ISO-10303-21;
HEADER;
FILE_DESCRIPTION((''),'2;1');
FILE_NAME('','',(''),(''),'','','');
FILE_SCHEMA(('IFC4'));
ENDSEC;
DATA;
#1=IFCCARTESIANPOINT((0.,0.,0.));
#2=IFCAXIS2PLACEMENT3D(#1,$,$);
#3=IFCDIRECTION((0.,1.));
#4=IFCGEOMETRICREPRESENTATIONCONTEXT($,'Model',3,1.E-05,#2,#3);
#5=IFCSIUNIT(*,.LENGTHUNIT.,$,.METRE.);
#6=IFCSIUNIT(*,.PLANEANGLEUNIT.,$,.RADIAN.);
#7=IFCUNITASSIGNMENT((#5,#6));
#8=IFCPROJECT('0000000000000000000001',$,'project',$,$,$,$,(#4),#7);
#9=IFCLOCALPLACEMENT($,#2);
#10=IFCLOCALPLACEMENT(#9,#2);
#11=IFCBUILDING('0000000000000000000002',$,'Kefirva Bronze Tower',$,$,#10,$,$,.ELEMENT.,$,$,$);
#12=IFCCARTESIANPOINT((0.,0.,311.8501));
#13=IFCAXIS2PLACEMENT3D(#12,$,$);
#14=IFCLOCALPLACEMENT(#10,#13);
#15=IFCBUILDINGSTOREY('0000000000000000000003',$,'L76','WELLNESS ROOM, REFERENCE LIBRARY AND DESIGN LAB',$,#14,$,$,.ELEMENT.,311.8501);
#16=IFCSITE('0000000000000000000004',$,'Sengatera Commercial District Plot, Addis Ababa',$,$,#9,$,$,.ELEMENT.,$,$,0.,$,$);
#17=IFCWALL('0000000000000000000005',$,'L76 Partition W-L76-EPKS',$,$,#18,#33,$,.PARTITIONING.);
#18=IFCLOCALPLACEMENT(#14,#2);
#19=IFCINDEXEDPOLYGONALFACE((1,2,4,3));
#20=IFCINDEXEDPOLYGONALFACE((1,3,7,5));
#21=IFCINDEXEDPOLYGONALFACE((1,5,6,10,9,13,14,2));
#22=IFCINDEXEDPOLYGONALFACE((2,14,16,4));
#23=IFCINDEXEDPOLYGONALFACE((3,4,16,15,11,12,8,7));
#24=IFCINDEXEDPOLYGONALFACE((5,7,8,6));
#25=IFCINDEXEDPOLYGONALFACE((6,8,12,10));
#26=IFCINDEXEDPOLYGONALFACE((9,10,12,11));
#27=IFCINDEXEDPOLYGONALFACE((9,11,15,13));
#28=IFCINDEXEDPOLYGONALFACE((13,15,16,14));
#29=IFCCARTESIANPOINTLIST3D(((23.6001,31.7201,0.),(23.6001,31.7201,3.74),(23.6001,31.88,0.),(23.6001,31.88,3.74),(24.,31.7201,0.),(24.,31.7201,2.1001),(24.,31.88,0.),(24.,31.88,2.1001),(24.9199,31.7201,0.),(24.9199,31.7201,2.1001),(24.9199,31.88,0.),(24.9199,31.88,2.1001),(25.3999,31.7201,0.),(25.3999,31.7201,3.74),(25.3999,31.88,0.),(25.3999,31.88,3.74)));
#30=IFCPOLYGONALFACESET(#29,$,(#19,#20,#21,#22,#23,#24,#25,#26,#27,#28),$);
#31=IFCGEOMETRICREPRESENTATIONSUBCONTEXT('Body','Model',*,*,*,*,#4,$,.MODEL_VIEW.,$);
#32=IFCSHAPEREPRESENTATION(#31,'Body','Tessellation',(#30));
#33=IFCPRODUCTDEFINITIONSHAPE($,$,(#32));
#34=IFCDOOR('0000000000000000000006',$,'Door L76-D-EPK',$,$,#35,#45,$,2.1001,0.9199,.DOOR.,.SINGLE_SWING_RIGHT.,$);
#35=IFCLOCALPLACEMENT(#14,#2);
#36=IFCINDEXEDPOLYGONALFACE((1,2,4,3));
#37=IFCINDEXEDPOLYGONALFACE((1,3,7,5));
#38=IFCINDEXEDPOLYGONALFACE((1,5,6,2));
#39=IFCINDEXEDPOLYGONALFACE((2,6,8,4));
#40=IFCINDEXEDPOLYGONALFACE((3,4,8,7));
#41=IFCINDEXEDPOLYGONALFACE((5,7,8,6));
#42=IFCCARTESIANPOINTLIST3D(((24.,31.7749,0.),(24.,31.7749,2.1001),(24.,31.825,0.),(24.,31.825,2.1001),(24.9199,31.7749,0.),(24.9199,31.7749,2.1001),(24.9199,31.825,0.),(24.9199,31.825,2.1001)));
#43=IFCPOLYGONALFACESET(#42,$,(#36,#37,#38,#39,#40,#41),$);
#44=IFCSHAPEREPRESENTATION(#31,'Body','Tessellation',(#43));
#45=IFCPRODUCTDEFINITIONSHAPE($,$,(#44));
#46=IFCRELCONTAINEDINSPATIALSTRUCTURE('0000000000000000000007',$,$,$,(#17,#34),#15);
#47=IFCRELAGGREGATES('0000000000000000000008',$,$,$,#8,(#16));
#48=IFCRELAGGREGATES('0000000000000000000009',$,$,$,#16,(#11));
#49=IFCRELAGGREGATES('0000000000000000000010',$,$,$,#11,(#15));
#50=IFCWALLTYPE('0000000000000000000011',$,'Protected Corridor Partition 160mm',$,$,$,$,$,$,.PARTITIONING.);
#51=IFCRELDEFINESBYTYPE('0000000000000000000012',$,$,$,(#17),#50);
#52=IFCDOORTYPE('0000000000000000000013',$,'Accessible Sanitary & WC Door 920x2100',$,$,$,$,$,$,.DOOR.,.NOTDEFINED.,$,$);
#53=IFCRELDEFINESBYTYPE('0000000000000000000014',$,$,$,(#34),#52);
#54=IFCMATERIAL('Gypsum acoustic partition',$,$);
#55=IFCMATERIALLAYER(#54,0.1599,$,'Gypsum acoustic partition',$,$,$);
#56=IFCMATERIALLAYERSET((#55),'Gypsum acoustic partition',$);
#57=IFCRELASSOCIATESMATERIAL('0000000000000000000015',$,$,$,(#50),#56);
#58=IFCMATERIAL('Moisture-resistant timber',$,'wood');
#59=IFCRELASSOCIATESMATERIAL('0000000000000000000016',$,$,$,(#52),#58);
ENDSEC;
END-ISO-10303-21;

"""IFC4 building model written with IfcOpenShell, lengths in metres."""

from ifc_helpers import new_model, si_unit, direction, frame, frame_2d, origin, place, context, subcontext, project, spatial, rectangle, extrude, material, layer, layer_set, type_object, element, fill, save


model = new_model("IFC4")

# Units and contexts
model_context = context("Model", 3, precision=1e-05, world=origin(), true_north=direction((0.0, 1.0)))
body_context = subcontext(model_context, "Body", "Model", "MODEL_VIEW")
ifc_project = project(units=[si_unit("LENGTHUNIT", "METRE"), si_unit("PLANEANGLEUNIT", "RADIAN")], contexts=[model_context])

# Site, building, storey
site_placement = place(None, origin())
site = spatial("IfcSite", under=ifc_project, at=site_placement, Name="Sengatera Commercial District Plot, Addis Ababa", CompositionType="ELEMENT", RefElevation=0.0)
building_placement = place(site_placement, origin())
building = spatial("IfcBuilding", under=site, at=building_placement, Name="Kefirva Bronze Tower", CompositionType="ELEMENT")
storey_placement = place(building_placement, frame((0.0, 0.0, 311.8501)))
storey = spatial("IfcBuildingStorey", under=building, at=storey_placement, Name="L76", Description="WELLNESS ROOM, REFERENCE LIBRARY AND DESIGN LAB", CompositionType="ELEMENT", Elevation=311.8501)

# Shared definitions
ifc_material_1 = material(Name="Gypsum acoustic partition")
ifc_layer = layer(ifc_material_1, 0.1599, Name="Gypsum acoustic partition")
ifc_layer_set = layer_set([ifc_layer], Name="Gypsum acoustic partition")
wall_type = type_object("IfcWallType", Name="Protected Corridor Partition 160mm", PredefinedType="PARTITIONING", material=ifc_layer_set)

# Wall, opening, door
wall_1_placement = place(storey_placement, frame((23.6001, 31.8, 0.0), z_axis=(0.0, 0.0, 1.0), x_axis=(1.0, 0.0, 0.0)))
wall_1 = element("IfcWall", 1, at=wall_1_placement, inside=storey, type_object=wall_type, Name="L76 Partition W-L76-EPKS", PredefinedType="PARTITIONING", context=body_context, shape_type="SweptSolid", body=[
    extrude(rectangle(XDim=1.7998, YDim=0.1599, at=frame_2d((0.8999, 0.0))), origin(), (0.0, 0.0, 1.0), 3.74),
])
opening_placement = place(wall_1_placement, frame((0.3999, 0.0, 0.0)))
opening = element("IfcOpeningElement", 2, at=opening_placement, cuts=wall_1, PredefinedType="OPENING", context=body_context, shape_type="SweptSolid", body=[
    extrude(rectangle(XDim=0.9199, YDim=2.1001, at=frame_2d((0.46, 1.05))), frame((0.0, 0.0898, 0.0), z_axis=(0.0, -1.0, 0.0), x_axis=(1.0, 0.0, 0.0)), (0.0, 0.0, 1.0), 0.1799),
])
ifc_material_2 = material(Name="Moisture-resistant timber", Category="wood")
door_type = type_object("IfcDoorType", Name="Accessible Sanitary & WC Door 920x2100", OperationType="NOTDEFINED", PredefinedType="DOOR", material=ifc_material_2)
door_placement = place(opening_placement, origin())
door = element("IfcDoor", 3, at=door_placement, inside=storey, type_object=door_type, Name="Door L76-D-EPK", OperationType="SINGLE_SWING_RIGHT", OverallHeight=2.1001, OverallWidth=0.9199, PredefinedType="DOOR", context=body_context, shape_type="SweptSolid", body=[
    extrude(rectangle(XDim=0.9199, YDim=2.1001, at=frame_2d((0.46, 1.05))), frame((0.0, 0.0249, 0.0), z_axis=(0.0, -1.0, 0.0), x_axis=(1.0, 0.0, 0.0)), (0.0, 0.0, 1.0), 0.05),
])
fill(opening, door)

save(model, "model.ifc")
